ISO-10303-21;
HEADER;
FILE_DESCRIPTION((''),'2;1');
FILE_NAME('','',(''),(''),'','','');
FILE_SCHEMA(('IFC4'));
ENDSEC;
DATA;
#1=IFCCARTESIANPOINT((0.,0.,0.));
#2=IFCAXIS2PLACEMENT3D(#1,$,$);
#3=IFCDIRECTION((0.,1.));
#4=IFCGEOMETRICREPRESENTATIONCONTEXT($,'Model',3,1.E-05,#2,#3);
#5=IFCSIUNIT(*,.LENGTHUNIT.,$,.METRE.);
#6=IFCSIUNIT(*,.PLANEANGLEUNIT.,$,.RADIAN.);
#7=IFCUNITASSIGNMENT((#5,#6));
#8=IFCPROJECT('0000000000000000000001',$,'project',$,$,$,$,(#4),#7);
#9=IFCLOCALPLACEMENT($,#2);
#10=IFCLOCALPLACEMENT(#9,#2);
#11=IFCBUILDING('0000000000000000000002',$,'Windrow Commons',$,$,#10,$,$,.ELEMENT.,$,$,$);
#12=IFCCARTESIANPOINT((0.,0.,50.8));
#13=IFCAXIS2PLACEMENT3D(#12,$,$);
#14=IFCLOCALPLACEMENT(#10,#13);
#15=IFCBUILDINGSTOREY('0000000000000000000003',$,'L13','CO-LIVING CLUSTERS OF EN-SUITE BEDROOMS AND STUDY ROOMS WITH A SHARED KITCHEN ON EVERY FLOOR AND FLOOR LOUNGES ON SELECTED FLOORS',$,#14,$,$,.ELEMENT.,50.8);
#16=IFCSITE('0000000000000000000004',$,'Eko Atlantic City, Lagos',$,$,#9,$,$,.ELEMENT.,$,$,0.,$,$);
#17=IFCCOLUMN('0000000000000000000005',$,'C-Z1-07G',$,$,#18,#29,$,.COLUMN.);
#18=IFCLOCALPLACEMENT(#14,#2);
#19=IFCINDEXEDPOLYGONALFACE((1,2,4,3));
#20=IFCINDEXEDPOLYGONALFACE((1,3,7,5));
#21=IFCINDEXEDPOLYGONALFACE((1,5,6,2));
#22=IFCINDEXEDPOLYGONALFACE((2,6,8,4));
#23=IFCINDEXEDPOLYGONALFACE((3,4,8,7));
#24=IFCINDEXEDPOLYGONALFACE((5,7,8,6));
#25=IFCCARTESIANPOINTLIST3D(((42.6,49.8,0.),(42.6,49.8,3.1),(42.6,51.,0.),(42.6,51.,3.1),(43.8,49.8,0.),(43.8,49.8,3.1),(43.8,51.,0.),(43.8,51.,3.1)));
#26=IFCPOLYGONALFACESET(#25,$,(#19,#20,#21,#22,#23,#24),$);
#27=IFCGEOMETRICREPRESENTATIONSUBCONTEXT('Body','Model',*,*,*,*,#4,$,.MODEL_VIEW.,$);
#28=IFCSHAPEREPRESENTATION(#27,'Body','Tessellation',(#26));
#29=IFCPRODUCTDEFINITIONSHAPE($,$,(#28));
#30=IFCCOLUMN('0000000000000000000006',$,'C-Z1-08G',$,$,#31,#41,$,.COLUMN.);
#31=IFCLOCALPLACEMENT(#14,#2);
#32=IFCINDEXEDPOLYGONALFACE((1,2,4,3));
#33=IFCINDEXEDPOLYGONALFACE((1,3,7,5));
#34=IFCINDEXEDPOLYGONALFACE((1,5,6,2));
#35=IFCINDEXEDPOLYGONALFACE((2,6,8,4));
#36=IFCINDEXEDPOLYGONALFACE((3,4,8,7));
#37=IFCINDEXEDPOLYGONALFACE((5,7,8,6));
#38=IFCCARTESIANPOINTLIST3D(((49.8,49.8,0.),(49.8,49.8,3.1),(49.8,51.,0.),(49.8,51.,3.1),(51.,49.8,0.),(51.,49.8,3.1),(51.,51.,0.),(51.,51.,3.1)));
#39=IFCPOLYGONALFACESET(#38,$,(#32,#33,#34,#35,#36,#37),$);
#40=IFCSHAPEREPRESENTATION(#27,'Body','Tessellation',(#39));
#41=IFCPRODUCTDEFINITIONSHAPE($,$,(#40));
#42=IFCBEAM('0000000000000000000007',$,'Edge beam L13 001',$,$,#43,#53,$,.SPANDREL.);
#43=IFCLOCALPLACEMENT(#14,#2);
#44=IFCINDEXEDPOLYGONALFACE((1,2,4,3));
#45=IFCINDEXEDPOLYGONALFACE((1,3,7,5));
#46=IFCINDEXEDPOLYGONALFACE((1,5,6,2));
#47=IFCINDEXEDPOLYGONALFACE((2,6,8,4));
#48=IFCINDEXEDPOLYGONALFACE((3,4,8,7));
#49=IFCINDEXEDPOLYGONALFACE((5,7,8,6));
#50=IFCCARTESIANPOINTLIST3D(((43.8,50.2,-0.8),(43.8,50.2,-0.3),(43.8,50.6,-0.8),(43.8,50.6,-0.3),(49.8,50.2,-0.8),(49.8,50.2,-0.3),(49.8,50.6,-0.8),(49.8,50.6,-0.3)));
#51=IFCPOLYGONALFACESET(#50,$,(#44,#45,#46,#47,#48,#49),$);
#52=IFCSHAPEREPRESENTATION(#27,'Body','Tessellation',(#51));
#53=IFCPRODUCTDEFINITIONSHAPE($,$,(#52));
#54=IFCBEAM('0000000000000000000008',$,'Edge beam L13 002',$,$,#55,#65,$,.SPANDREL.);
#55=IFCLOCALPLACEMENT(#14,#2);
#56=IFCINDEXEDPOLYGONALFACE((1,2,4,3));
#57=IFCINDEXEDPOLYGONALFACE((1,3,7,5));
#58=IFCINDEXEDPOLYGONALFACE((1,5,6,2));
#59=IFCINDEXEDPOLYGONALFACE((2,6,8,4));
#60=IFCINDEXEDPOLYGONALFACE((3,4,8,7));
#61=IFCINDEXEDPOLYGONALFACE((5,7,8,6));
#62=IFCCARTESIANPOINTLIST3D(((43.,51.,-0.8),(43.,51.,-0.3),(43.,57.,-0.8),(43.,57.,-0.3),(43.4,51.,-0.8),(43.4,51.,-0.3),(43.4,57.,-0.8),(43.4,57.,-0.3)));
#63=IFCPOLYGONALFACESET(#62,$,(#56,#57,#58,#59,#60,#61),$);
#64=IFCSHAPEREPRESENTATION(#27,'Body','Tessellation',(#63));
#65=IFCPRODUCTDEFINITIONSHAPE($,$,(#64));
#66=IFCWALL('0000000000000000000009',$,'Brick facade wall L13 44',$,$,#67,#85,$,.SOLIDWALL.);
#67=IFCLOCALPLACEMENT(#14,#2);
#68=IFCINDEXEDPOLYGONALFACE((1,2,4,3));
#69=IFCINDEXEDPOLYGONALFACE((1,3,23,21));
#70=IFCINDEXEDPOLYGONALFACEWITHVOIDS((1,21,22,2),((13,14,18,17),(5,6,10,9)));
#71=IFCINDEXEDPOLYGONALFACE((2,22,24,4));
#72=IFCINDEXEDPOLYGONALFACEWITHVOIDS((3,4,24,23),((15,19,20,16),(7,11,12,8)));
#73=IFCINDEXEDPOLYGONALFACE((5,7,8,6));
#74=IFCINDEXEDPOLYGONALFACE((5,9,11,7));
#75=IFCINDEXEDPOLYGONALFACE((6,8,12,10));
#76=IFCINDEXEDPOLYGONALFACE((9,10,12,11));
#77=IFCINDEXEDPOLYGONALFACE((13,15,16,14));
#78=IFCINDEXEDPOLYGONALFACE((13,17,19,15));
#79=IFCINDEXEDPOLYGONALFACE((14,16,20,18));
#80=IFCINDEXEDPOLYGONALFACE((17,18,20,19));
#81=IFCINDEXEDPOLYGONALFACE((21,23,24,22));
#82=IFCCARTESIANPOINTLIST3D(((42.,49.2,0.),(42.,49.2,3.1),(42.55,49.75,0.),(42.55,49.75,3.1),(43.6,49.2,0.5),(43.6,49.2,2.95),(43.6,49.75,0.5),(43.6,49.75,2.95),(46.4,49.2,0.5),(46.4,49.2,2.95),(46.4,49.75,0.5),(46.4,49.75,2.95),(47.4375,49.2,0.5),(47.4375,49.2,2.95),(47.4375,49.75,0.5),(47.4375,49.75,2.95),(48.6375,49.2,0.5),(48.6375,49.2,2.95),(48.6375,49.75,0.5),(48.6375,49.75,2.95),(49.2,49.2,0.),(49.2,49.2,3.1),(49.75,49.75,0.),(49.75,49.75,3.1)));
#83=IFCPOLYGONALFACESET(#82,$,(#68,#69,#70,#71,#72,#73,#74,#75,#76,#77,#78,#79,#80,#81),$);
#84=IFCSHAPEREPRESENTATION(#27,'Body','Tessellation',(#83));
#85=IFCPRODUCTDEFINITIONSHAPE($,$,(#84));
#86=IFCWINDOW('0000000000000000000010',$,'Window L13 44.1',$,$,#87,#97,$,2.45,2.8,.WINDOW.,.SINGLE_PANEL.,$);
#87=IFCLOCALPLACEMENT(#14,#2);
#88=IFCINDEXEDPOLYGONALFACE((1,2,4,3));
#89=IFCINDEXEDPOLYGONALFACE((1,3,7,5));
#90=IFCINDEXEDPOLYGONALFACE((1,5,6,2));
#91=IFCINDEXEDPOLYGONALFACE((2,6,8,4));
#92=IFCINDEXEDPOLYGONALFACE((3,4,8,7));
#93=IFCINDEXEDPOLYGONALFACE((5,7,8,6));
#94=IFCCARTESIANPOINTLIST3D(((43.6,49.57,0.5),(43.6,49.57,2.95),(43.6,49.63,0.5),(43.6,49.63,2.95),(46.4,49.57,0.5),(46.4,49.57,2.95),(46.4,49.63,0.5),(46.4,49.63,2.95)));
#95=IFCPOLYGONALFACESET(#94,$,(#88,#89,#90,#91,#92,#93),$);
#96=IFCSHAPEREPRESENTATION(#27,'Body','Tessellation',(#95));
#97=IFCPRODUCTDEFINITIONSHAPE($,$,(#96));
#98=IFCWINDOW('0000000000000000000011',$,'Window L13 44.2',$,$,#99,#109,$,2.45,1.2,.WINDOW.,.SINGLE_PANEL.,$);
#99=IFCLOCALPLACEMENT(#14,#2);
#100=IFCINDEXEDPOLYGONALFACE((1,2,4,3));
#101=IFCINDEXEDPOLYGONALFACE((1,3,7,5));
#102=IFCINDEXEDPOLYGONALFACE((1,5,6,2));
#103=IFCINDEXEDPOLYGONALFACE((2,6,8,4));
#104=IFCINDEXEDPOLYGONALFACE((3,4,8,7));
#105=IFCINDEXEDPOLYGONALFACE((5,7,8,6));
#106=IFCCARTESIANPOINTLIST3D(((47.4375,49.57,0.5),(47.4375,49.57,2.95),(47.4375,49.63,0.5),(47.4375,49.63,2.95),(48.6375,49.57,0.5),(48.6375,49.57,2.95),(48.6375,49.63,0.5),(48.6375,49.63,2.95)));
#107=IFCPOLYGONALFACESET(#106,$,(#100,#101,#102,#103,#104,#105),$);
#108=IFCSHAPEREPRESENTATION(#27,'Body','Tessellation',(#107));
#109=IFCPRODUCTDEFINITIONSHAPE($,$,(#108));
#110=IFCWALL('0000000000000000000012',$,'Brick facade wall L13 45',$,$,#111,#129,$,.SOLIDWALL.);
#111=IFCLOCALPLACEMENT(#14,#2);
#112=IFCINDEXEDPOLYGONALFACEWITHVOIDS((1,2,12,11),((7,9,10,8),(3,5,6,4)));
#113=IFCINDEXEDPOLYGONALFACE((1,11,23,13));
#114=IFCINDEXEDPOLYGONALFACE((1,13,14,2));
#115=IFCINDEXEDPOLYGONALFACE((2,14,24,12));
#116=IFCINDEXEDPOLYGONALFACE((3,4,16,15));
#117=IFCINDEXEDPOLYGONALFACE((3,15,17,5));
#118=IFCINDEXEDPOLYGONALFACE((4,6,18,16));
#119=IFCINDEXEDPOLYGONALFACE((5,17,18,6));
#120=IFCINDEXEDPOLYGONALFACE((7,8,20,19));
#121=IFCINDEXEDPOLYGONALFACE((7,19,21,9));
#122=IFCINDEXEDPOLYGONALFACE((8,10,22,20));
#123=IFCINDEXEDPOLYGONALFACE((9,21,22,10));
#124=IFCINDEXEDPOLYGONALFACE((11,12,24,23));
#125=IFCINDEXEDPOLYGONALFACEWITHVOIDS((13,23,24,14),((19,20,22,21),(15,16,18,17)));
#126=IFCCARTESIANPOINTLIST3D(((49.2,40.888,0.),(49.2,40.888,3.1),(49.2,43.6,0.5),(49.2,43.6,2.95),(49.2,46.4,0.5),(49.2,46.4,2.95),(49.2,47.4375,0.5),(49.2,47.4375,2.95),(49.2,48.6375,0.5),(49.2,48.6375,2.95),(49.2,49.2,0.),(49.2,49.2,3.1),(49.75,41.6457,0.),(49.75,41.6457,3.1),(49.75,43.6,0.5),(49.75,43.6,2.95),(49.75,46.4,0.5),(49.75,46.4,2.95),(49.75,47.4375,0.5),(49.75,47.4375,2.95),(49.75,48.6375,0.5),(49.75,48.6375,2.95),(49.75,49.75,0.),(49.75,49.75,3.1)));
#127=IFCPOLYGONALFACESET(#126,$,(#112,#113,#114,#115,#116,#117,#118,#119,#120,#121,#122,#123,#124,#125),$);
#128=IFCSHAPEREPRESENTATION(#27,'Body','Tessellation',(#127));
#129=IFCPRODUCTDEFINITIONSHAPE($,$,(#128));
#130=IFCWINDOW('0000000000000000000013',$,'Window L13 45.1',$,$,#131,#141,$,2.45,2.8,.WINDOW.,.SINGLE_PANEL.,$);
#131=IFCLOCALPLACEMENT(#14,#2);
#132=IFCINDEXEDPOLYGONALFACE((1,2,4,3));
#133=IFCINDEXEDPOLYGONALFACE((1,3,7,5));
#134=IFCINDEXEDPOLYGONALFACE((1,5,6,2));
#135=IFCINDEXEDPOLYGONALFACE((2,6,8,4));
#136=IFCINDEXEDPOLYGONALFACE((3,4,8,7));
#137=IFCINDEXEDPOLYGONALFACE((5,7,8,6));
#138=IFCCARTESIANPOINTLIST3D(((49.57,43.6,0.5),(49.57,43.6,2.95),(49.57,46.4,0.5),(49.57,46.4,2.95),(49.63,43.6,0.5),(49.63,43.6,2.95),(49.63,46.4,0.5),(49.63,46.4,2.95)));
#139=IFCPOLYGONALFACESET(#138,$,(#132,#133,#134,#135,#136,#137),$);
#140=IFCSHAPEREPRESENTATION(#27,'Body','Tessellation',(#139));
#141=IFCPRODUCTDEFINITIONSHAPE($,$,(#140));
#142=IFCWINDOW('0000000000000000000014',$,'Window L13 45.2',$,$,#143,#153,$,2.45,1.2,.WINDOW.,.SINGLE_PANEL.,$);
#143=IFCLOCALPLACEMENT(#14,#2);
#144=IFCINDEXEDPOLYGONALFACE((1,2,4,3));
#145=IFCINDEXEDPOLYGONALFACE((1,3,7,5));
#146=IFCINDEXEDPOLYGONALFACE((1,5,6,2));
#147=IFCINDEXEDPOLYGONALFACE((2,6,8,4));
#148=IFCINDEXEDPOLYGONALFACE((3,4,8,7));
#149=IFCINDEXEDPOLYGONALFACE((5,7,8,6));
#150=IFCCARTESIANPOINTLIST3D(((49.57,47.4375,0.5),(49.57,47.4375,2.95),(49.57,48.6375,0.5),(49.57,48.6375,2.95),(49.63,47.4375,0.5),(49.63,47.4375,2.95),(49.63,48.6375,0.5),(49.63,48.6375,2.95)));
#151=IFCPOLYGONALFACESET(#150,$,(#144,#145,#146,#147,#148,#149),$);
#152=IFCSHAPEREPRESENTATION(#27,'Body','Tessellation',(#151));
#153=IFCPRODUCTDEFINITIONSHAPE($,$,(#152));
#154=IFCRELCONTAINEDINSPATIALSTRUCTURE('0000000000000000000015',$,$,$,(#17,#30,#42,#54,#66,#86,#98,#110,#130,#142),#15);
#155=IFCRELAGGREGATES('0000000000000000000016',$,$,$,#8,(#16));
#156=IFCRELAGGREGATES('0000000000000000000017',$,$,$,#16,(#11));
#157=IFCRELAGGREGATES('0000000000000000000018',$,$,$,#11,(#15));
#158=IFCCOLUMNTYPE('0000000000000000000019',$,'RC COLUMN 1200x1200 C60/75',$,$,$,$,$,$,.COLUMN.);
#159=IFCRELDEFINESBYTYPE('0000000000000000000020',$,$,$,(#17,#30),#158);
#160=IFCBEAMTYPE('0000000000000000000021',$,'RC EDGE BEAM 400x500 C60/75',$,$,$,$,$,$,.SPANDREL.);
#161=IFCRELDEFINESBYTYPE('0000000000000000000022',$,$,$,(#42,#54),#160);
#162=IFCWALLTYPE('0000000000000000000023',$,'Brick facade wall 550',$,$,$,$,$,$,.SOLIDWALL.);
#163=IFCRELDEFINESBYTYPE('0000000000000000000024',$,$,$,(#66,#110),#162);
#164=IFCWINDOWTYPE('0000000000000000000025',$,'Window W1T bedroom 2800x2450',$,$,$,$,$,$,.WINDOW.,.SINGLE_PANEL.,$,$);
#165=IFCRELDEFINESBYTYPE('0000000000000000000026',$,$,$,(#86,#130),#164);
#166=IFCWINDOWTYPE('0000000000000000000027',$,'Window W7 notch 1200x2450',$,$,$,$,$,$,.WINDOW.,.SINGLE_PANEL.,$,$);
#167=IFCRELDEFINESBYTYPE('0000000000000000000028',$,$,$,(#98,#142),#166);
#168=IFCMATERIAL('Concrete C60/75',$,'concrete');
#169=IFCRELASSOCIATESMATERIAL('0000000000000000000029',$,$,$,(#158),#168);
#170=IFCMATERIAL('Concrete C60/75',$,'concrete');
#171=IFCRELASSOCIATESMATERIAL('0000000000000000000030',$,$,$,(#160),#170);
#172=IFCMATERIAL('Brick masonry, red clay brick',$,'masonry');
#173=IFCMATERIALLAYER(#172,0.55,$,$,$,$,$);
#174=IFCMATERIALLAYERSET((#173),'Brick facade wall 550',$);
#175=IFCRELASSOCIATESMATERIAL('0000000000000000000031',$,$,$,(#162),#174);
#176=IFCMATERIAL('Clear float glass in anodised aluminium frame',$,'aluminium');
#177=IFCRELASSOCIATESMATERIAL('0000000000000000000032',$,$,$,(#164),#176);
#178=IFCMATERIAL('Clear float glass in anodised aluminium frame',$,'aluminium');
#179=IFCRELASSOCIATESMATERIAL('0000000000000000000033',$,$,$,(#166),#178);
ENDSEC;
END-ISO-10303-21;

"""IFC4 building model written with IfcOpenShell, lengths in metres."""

from ifc_helpers import new_model, si_unit, direction, frame, frame_2d, origin, origin_2d, place, context, subcontext, project, spatial, polyline, rectangle, outline, extrude, material, layer, layer_set, material_profile, profile_set, type_object, element, fill, save


model = new_model("IFC4")

# Units and contexts
model_context = context("Model", 3, precision=1e-05, world=origin(), true_north=direction((0.0, 1.0)))
body_context = subcontext(model_context, "Body", "Model", "MODEL_VIEW")
ifc_project = project(units=[si_unit("LENGTHUNIT", "METRE"), si_unit("PLANEANGLEUNIT", "RADIAN")], contexts=[model_context])

# Site, building, storey
site_placement = place(None, origin())
site = spatial("IfcSite", under=ifc_project, at=site_placement, Name="Eko Atlantic City, Lagos", CompositionType="ELEMENT", RefElevation=0.0)
building_placement = place(site_placement, origin())
building = spatial("IfcBuilding", under=site, at=building_placement, Name="Windrow Commons", CompositionType="ELEMENT")
storey_placement = place(building_placement, frame((0.0, 0.0, 50.8)))
storey = spatial("IfcBuildingStorey", under=building, at=storey_placement, Name="L13", Description="CO-LIVING CLUSTERS OF EN-SUITE BEDROOMS AND STUDY ROOMS WITH A SHARED KITCHEN ON EVERY FLOOR AND FLOOR LOUNGES ON SELECTED FLOORS", CompositionType="ELEMENT", Elevation=50.8)

# Columns
ifc_material_1 = material(Name="Concrete C60/75", Category="concrete")
ifc_material_profile_1 = material_profile(ifc_material_1, rectangle(XDim=1.2, YDim=1.2, at=origin_2d()))
ifc_profile_set_1 = profile_set([ifc_material_profile_1], Name="Concrete C60/75")
column_type = type_object("IfcColumnType", Name="RC COLUMN 1200x1200 C60/75", PredefinedType="COLUMN", material=ifc_profile_set_1)
for number, where, z_axis, x_axis, name in (
    (1, (43.2, 50.4, 0.0), (0.0, 0.0, 1.0), (1.0, 0.0, 0.0), "C-Z1-07G"),
    (2, (50.4, 50.4, 0.0), (0.0, 0.0, 1.0), (1.0, 0.0, 0.0), "C-Z1-08G"),
):
    element("IfcColumn", number, at=place(storey_placement, frame(where, z_axis=z_axis, x_axis=x_axis)), inside=storey, type_object=column_type, Name=name, PredefinedType="COLUMN", context=body_context, shape_type="SweptSolid", body=[
        extrude(rectangle(XDim=1.2, YDim=1.2, at=origin_2d()), origin(), (0.0, 0.0, 1.0), 3.1),
    ])

# Beams
ifc_material_2 = material(Name="Concrete C60/75", Category="concrete")
ifc_material_profile_2 = material_profile(ifc_material_2, rectangle(XDim=0.4, YDim=0.5, at=origin_2d()))
ifc_profile_set_2 = profile_set([ifc_material_profile_2], Name="Concrete C60/75")
beam_type = type_object("IfcBeamType", Name="RC EDGE BEAM 400x500 C60/75", PredefinedType="SPANDREL", material=ifc_profile_set_2)
for number, where, z_axis, x_axis, name in (
    (3, (49.8, 50.4, -0.55), (-1.0, 0.0, 0.0), (0.0, -1.0, 0.0), "Edge beam L13 001"),
    (4, (43.2, 51.0, -0.55), (0.0, 1.0, 0.0), (-1.0, 0.0, 0.0), "Edge beam L13 002"),
):
    element("IfcBeam", number, at=place(storey_placement, frame(where, z_axis=z_axis, x_axis=x_axis)), inside=storey, type_object=beam_type, Name=name, PredefinedType="SPANDREL", context=body_context, shape_type="SweptSolid", body=[
        extrude(rectangle(XDim=0.4, YDim=0.5, at=origin_2d()), origin(), (0.0, 0.0, 1.0), 6.0),
    ])

# Walls, openings, windows
ifc_material_3 = material(Name="Brick masonry, red clay brick", Category="masonry")
ifc_layer_1 = layer(ifc_material_3, 0.55)
ifc_layer_set_1 = layer_set([ifc_layer_1], Name="Brick facade wall 550")
wall_type_1 = type_object("IfcWallType", Name="Brick facade wall 550", PredefinedType="SOLIDWALL", material=ifc_layer_set_1)
wall_1_placement = place(storey_placement, frame((42.275, 49.475, 0.0), z_axis=(0.0, 0.0, 1.0), x_axis=(1.0, 0.0, 0.0)))
wall_1 = element("IfcWall", 5, at=wall_1_placement, inside=storey, type_object=wall_type_1, Name="Brick facade wall L13 44", PredefinedType="SOLIDWALL", context=body_context, shape_type="SweptSolid", body=[
    extrude(outline(polyline([(-0.275, -0.275), (6.925, -0.275), (7.475, 0.275), (0.275, 0.275), (-0.275, -0.275)])), origin(), (0.0, 0.0, 1.0), 3.1),
])
opening_1_placement = place(wall_1_placement, frame((1.325, 0.0, 0.5)))
opening_1 = element("IfcOpeningElement", 6, at=opening_1_placement, cuts=wall_1, PredefinedType="OPENING", context=body_context, shape_type="SweptSolid", body=[
    extrude(rectangle(XDim=2.8, YDim=2.45, at=frame_2d((1.4, 1.225))), frame((0.0, 0.285, 0.0), z_axis=(0.0, -1.0, 0.0), x_axis=(1.0, 0.0, 0.0)), (0.0, 0.0, 1.0), 0.57),
])
opening_2_placement = place(wall_1_placement, frame((5.1625, 0.0, 0.5)))
opening_2 = element("IfcOpeningElement", 7, at=opening_2_placement, cuts=wall_1, PredefinedType="OPENING", context=body_context, shape_type="SweptSolid", body=[
    extrude(rectangle(XDim=1.2, YDim=2.45, at=frame_2d((0.6, 1.225))), frame((0.0, 0.285, 0.0), z_axis=(0.0, -1.0, 0.0), x_axis=(1.0, 0.0, 0.0)), (0.0, 0.0, 1.0), 0.57),
])
ifc_material_4 = material(Name="Clear float glass in anodised aluminium frame", Category="aluminium")
window_type_1 = type_object("IfcWindowType", Name="Window W1T bedroom 2800x2450", PartitioningType="SINGLE_PANEL", PredefinedType="WINDOW", material=ifc_material_4)
window_1_placement = place(opening_1_placement, origin())
window_1 = element("IfcWindow", 8, at=window_1_placement, inside=storey, type_object=window_type_1, Name="Window L13 44.1", OverallHeight=2.45, OverallWidth=2.8, PartitioningType="SINGLE_PANEL", PredefinedType="WINDOW", context=body_context, shape_type="SweptSolid", body=[
    extrude(rectangle(XDim=2.8, YDim=2.45, at=frame_2d((1.4, 1.225))), frame((0.0, 0.155, 0.0), z_axis=(0.0, -1.0, 0.0), x_axis=(1.0, 0.0, 0.0)), (0.0, 0.0, 1.0), 0.06),
])
fill(opening_1, window_1)
ifc_material_5 = material(Name="Clear float glass in anodised aluminium frame", Category="aluminium")
window_type_2 = type_object("IfcWindowType", Name="Window W7 notch 1200x2450", PartitioningType="SINGLE_PANEL", PredefinedType="WINDOW", material=ifc_material_5)
window_2_placement = place(opening_2_placement, origin())
window_2 = element("IfcWindow", 9, at=window_2_placement, inside=storey, type_object=window_type_2, Name="Window L13 44.2", OverallHeight=2.45, OverallWidth=1.2, PartitioningType="SINGLE_PANEL", PredefinedType="WINDOW", context=body_context, shape_type="SweptSolid", body=[
    extrude(rectangle(XDim=1.2, YDim=2.45, at=frame_2d((0.6, 1.225))), frame((0.0, 0.155, 0.0), z_axis=(0.0, -1.0, 0.0), x_axis=(1.0, 0.0, 0.0)), (0.0, 0.0, 1.0), 0.06),
])
fill(opening_2, window_2)
wall_2_placement = place(storey_placement, frame((49.475, 49.475, 0.0), z_axis=(0.0, 0.0, 1.0), x_axis=(0.0, -1.0, 0.0)))
wall_2 = element("IfcWall", 10, at=wall_2_placement, inside=storey, type_object=wall_type_1, Name="Brick facade wall L13 45", PredefinedType="SOLIDWALL", context=body_context, shape_type="SweptSolid", body=[
    extrude(outline(polyline([(0.275, -0.275), (8.587, -0.275), (7.8293, 0.275), (-0.275, 0.275), (0.275, -0.275)])), origin(), (0.0, 0.0, 1.0), 3.1),
])
opening_3_placement = place(wall_2_placement, frame((3.075, 0.0, 0.5)))
opening_3 = element("IfcOpeningElement", 11, at=opening_3_placement, cuts=wall_2, PredefinedType="OPENING", context=body_context, shape_type="SweptSolid", body=[
    extrude(rectangle(XDim=2.8, YDim=2.45, at=frame_2d((1.4, 1.225))), frame((0.0, 0.285, 0.0), z_axis=(0.0, -1.0, 0.0), x_axis=(1.0, 0.0, 0.0)), (0.0, 0.0, 1.0), 0.57),
])
opening_4_placement = place(wall_2_placement, frame((0.8375, 0.0, 0.5)))
opening_4 = element("IfcOpeningElement", 12, at=opening_4_placement, cuts=wall_2, PredefinedType="OPENING", context=body_context, shape_type="SweptSolid", body=[
    extrude(rectangle(XDim=1.2, YDim=2.45, at=frame_2d((0.6, 1.225))), frame((0.0, 0.285, 0.0), z_axis=(0.0, -1.0, 0.0), x_axis=(1.0, 0.0, 0.0)), (0.0, 0.0, 1.0), 0.57),
])
window_3_placement = place(opening_3_placement, origin())
window_3 = element("IfcWindow", 13, at=window_3_placement, inside=storey, type_object=window_type_1, Name="Window L13 45.1", OverallHeight=2.45, OverallWidth=2.8, PartitioningType="SINGLE_PANEL", PredefinedType="WINDOW", context=body_context, shape_type="SweptSolid", body=[
    extrude(rectangle(XDim=2.8, YDim=2.45, at=frame_2d((1.4, 1.225))), frame((0.0, 0.155, 0.0), z_axis=(0.0, -1.0, 0.0), x_axis=(1.0, 0.0, 0.0)), (0.0, 0.0, 1.0), 0.06),
])
fill(opening_3, window_3)
window_4_placement = place(opening_4_placement, origin())
window_4 = element("IfcWindow", 14, at=window_4_placement, inside=storey, type_object=window_type_2, Name="Window L13 45.2", OverallHeight=2.45, OverallWidth=1.2, PartitioningType="SINGLE_PANEL", PredefinedType="WINDOW", context=body_context, shape_type="SweptSolid", body=[
    extrude(rectangle(XDim=1.2, YDim=2.45, at=frame_2d((0.6, 1.225))), frame((0.0, 0.155, 0.0), z_axis=(0.0, -1.0, 0.0), x_axis=(1.0, 0.0, 0.0)), (0.0, 0.0, 1.0), 0.06),
])
fill(opening_4, window_4)

save(model, "model.ifc")
